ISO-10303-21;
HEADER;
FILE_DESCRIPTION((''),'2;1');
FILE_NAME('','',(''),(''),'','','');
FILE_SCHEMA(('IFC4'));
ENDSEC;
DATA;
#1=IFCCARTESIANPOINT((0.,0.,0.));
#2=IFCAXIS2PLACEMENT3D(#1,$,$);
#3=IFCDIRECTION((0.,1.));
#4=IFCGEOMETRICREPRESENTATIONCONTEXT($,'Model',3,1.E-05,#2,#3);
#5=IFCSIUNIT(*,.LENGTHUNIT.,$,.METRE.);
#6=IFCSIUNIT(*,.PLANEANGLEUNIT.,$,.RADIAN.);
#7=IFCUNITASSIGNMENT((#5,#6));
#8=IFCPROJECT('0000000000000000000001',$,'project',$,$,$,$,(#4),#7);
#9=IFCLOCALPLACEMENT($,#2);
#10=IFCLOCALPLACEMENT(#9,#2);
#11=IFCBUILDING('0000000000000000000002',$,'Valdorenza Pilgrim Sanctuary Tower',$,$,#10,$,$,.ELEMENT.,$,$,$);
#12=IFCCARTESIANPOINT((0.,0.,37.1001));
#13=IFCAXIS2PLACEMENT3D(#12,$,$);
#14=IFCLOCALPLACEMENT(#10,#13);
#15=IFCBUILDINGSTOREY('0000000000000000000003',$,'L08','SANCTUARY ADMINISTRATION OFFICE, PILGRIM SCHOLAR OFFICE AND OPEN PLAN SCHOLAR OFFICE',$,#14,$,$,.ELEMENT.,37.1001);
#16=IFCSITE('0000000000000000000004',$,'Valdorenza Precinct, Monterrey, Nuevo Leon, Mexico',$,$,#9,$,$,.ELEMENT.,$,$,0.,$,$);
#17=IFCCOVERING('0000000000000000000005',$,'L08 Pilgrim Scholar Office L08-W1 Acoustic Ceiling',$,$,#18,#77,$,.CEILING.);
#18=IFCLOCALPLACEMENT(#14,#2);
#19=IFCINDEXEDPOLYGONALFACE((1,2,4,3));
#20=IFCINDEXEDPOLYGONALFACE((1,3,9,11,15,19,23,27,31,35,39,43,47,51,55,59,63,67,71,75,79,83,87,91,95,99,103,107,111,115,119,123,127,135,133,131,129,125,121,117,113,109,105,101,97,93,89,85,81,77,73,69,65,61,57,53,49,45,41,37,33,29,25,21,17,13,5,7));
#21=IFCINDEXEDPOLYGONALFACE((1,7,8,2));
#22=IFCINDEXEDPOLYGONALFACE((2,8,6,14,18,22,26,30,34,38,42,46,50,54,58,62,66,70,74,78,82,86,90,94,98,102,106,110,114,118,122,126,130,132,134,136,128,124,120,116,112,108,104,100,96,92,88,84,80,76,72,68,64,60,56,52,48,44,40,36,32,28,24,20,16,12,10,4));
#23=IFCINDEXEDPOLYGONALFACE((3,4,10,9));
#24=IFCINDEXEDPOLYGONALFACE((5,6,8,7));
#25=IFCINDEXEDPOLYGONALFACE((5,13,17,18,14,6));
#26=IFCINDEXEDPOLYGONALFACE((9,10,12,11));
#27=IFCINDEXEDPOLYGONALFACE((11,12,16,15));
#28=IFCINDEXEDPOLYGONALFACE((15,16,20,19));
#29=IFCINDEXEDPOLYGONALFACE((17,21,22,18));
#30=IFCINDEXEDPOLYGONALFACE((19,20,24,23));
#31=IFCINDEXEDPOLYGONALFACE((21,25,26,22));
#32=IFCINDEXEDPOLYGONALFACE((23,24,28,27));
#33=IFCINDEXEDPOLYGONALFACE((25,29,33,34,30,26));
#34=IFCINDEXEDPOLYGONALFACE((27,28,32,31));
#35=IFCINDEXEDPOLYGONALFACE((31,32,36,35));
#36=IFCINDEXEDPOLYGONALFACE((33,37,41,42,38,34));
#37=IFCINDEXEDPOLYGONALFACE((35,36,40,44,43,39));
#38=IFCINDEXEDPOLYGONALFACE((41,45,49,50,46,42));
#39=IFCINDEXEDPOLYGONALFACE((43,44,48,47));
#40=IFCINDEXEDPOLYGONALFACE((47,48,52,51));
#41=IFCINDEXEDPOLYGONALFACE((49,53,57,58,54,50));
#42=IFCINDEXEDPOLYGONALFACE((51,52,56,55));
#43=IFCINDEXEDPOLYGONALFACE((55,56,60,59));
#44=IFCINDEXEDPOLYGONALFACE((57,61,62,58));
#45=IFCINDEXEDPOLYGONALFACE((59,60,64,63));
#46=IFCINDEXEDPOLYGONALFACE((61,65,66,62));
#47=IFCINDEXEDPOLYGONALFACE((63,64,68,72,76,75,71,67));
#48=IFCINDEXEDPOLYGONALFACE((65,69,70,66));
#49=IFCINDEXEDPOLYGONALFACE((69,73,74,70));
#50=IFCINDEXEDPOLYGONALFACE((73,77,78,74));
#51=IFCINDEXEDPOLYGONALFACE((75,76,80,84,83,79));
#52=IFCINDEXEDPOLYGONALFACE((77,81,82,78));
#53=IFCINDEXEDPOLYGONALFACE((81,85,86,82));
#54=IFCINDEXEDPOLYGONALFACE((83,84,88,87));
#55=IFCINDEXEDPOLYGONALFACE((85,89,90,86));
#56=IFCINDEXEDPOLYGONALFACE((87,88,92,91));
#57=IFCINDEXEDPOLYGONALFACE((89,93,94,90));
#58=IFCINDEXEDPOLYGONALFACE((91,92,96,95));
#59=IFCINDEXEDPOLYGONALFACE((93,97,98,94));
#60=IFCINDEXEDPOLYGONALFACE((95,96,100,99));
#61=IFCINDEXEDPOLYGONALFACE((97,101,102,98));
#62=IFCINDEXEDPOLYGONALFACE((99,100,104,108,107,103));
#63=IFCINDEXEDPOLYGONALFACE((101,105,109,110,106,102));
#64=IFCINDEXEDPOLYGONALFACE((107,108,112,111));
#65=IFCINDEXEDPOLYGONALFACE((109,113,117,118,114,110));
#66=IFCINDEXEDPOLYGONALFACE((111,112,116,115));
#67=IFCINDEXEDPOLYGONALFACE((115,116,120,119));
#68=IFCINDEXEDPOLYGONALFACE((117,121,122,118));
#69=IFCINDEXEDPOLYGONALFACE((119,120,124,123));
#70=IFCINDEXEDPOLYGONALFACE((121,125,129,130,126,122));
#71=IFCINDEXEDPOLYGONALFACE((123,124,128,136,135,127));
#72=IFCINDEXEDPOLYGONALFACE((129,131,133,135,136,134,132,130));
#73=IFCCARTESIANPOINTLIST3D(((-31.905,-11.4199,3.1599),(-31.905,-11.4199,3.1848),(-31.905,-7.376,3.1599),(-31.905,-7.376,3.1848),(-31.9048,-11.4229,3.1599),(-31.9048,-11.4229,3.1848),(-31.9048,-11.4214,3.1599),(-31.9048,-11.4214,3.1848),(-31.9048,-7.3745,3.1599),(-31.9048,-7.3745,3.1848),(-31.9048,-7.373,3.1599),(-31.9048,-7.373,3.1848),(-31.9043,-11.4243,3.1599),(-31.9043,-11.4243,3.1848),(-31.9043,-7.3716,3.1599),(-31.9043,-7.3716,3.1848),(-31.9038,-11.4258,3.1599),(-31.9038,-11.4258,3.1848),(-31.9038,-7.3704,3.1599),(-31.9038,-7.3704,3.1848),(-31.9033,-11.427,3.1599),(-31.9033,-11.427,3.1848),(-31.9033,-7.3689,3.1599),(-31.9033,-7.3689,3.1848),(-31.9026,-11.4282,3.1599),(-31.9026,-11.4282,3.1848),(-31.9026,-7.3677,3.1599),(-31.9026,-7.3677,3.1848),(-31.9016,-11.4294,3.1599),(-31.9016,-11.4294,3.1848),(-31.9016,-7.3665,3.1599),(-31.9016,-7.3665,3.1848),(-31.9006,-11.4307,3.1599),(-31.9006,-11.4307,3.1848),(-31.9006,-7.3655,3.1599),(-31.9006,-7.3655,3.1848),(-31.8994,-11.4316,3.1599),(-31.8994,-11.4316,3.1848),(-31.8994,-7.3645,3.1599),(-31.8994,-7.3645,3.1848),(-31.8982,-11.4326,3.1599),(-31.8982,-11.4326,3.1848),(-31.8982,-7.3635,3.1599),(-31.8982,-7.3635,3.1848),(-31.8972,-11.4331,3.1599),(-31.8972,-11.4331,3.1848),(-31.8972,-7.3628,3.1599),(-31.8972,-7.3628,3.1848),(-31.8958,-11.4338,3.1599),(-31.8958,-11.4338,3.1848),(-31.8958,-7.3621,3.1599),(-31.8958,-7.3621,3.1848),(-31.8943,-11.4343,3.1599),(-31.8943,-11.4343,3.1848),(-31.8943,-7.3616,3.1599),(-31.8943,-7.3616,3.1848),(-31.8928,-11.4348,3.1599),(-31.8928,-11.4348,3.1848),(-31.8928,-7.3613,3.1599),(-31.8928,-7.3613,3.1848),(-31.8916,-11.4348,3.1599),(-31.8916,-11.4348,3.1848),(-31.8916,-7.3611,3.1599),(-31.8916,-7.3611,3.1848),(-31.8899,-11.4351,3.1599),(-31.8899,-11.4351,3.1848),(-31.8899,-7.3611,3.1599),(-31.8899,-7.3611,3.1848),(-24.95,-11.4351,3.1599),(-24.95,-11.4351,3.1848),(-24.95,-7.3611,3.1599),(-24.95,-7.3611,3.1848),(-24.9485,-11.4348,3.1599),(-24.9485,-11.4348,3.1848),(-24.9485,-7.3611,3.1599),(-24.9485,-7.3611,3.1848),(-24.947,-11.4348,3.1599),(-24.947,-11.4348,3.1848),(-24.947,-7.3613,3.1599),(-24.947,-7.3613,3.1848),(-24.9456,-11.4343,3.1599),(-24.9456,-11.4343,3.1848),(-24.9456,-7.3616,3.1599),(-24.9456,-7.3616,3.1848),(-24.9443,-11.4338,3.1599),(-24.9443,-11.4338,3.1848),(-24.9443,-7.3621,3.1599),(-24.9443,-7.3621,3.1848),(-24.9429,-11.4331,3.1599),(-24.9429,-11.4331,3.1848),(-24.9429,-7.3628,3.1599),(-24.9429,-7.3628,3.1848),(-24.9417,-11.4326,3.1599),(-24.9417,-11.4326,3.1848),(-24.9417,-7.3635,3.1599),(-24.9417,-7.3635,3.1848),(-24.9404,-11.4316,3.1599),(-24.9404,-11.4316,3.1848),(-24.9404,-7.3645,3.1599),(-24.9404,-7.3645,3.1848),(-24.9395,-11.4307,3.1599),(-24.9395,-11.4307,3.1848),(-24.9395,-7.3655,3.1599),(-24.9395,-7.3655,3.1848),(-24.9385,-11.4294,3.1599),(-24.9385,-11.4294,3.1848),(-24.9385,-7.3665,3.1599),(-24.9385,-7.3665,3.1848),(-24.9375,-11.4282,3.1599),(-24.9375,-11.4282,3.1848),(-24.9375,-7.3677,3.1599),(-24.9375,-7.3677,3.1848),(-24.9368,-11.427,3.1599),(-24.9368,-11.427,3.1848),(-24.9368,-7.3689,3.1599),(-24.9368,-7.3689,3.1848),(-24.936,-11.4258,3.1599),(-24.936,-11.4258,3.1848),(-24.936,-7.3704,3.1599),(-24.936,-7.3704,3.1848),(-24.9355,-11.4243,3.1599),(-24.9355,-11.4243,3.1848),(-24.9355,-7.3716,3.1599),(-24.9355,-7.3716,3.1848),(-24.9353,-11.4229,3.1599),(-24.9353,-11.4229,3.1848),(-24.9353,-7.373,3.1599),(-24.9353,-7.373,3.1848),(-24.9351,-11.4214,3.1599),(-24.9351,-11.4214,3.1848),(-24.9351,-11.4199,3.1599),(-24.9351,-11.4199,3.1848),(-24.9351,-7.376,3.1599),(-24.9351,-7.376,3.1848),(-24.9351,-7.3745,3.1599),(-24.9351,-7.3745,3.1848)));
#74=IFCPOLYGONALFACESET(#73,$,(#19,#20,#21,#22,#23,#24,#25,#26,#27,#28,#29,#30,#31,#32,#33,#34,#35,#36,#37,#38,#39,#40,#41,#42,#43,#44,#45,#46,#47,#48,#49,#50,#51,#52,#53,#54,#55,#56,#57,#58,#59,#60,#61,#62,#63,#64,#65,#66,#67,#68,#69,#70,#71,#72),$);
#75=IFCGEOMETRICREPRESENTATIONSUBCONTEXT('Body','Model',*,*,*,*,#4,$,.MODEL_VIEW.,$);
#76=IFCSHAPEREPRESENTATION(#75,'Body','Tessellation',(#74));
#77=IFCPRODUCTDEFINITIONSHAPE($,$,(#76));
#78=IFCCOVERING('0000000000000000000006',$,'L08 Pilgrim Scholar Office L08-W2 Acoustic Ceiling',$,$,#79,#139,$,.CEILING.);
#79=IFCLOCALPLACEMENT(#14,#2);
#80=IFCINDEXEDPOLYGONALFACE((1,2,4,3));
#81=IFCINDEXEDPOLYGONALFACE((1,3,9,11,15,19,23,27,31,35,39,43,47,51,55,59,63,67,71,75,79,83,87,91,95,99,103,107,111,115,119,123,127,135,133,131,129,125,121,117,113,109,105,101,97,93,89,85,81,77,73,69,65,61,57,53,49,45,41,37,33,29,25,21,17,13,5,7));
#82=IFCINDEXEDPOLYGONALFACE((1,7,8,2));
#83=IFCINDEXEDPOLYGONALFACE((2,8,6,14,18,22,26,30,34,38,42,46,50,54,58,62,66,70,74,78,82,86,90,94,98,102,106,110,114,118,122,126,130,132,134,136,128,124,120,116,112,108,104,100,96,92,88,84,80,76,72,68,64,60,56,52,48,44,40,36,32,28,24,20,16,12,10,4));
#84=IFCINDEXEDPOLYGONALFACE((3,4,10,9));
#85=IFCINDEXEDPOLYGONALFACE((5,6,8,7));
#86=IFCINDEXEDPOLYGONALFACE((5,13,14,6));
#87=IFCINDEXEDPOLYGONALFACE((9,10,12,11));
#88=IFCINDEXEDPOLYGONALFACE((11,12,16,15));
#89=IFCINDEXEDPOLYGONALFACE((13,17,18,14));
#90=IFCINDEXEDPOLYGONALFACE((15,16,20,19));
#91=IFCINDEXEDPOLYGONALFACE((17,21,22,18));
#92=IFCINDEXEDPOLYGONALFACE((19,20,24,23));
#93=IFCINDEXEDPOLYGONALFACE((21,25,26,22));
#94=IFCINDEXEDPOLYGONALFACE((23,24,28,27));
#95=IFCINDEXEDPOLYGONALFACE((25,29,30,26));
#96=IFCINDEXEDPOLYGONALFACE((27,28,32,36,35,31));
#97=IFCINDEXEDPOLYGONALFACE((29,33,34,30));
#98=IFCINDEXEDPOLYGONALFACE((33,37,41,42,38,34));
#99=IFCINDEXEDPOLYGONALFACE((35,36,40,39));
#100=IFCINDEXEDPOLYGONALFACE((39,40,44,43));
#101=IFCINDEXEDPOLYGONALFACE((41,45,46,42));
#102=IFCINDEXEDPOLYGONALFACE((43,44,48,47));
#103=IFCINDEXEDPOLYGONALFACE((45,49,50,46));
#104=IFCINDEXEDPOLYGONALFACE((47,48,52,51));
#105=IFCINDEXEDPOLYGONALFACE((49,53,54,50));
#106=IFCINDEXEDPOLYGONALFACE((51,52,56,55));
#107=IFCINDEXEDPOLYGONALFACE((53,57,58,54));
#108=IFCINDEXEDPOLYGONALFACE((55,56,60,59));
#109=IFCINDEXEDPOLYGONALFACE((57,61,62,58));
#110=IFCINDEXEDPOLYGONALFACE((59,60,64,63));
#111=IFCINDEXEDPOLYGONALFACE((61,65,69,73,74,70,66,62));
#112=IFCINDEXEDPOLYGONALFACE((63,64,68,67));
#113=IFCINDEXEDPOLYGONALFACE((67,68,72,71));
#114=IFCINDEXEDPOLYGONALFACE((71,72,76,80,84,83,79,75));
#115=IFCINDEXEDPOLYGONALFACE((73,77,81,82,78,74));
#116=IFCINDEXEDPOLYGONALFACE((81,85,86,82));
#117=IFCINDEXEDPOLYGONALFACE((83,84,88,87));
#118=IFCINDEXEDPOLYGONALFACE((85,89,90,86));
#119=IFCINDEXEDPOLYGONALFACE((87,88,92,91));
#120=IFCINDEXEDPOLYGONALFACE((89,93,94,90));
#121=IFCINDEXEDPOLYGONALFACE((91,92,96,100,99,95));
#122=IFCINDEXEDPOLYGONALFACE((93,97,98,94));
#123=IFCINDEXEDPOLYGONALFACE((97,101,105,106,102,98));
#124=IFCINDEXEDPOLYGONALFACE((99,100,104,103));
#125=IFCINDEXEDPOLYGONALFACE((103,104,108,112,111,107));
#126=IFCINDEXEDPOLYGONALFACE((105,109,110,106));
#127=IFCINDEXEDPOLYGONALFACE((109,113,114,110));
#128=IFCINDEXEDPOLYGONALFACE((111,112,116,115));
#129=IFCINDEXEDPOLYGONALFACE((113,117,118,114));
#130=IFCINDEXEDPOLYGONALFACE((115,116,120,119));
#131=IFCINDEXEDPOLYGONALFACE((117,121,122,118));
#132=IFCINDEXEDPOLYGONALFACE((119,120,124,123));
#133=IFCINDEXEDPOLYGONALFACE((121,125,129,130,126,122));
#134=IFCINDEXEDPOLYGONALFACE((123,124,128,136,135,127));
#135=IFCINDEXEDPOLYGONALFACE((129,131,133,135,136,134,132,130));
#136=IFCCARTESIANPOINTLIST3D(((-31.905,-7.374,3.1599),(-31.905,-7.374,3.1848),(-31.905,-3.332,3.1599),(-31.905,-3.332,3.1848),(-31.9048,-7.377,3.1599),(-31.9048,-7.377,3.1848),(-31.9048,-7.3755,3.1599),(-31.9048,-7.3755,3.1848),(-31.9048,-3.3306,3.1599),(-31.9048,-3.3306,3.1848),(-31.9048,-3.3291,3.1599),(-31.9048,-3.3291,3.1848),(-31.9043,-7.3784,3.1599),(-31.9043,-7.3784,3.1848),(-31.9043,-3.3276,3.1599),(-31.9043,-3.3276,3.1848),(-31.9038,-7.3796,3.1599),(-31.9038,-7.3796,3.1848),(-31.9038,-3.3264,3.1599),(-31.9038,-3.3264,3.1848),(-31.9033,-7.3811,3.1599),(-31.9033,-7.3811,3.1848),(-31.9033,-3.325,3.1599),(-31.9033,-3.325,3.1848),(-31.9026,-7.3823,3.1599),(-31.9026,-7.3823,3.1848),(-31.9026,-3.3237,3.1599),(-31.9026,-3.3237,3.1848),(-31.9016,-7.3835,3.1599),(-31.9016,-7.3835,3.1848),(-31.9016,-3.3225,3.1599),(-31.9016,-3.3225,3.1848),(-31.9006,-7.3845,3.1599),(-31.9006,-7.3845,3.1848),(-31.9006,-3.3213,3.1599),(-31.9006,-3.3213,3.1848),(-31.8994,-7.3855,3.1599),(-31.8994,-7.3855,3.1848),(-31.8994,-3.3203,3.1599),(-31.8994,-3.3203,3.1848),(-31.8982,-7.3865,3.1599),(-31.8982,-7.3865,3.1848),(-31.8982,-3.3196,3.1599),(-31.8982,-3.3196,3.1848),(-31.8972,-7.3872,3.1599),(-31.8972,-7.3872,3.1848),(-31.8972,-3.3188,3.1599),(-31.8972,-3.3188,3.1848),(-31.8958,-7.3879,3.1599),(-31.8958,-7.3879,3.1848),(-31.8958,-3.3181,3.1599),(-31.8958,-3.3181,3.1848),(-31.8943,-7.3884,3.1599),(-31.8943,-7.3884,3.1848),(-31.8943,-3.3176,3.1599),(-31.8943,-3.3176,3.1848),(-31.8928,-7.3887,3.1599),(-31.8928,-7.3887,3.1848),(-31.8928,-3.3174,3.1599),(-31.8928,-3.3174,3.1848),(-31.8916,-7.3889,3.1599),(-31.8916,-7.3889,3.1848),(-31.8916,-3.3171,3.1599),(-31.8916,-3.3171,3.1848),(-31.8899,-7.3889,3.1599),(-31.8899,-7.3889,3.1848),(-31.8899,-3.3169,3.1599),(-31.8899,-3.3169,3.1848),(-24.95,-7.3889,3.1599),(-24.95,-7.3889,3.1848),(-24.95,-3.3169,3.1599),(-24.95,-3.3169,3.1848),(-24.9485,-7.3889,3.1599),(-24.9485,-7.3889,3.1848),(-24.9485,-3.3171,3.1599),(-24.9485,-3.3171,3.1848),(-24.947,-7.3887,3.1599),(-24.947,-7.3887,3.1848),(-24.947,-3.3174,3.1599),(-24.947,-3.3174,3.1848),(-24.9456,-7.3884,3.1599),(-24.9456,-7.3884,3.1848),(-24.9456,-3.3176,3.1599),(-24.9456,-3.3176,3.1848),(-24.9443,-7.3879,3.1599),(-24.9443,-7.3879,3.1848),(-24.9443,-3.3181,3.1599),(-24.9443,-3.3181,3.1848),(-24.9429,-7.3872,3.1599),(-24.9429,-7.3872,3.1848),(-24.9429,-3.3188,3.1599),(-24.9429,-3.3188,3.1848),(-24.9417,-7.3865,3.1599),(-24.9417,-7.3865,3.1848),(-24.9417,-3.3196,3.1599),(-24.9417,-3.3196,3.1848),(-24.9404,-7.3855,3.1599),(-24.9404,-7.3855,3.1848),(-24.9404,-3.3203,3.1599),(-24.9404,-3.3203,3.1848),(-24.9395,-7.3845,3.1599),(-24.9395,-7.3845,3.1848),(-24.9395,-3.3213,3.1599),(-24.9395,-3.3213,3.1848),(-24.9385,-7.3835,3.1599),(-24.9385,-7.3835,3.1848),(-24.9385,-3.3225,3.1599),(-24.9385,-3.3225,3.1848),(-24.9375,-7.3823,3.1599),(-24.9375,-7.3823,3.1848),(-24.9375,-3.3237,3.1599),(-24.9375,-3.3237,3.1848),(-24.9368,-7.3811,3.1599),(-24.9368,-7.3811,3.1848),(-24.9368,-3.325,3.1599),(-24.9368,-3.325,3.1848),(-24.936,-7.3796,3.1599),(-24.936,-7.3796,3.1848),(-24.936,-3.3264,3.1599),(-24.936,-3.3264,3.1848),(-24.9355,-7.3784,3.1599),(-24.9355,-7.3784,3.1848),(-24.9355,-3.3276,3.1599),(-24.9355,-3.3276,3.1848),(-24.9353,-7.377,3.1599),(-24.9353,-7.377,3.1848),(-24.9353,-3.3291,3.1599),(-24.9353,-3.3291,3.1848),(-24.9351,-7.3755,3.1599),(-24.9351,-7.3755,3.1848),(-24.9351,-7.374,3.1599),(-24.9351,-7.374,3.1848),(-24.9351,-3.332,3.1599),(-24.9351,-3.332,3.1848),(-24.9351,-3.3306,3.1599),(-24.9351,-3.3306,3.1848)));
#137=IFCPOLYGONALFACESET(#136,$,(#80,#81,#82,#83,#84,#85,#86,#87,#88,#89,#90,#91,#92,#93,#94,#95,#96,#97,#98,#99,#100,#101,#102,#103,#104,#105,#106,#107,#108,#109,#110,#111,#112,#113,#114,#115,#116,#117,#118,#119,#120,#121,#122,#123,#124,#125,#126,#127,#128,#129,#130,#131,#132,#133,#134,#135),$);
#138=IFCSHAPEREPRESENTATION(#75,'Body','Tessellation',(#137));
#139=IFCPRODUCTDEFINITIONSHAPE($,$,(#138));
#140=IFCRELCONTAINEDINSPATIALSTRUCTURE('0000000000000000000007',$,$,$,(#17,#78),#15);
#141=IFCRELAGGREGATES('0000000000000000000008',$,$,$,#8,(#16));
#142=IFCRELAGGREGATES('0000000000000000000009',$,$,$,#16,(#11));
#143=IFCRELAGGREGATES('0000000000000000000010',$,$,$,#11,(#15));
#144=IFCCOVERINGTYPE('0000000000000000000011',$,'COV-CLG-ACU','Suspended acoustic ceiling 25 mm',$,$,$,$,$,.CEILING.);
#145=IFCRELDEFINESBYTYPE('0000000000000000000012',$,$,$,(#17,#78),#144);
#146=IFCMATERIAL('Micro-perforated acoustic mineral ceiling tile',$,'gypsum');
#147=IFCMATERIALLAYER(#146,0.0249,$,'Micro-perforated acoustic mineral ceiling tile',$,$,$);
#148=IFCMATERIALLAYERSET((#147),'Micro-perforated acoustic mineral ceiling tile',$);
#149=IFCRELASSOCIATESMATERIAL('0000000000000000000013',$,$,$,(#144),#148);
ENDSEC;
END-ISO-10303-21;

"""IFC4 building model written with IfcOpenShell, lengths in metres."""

from ifc_helpers import new_model, si_unit, direction, frame, origin, place, context, subcontext, project, spatial, polyline, outline, extrude, material, layer, layer_set, type_object, element, save


model = new_model("IFC4")

# Units and contexts
model_context = context("Model", 3, precision=1e-05, world=origin(), true_north=direction((0.0, 1.0)))
body_context = subcontext(model_context, "Body", "Model", "MODEL_VIEW")
ifc_project = project(units=[si_unit("LENGTHUNIT", "METRE"), si_unit("PLANEANGLEUNIT", "RADIAN")], contexts=[model_context])

# Site, building, storey
site_placement = place(None, origin())
site = spatial("IfcSite", under=ifc_project, at=site_placement, Name="Valdorenza Precinct, Monterrey, Nuevo Leon, Mexico", CompositionType="ELEMENT", RefElevation=0.0)
building_placement = place(site_placement, origin())
building = spatial("IfcBuilding", under=site, at=building_placement, Name="Valdorenza Pilgrim Sanctuary Tower", CompositionType="ELEMENT")
storey_placement = place(building_placement, frame((0.0, 0.0, 37.1001)))
storey = spatial("IfcBuildingStorey", under=building, at=storey_placement, Name="L08", Description="SANCTUARY ADMINISTRATION OFFICE, PILGRIM SCHOLAR OFFICE AND OPEN PLAN SCHOLAR OFFICE", CompositionType="ELEMENT", Elevation=37.1001)

# Coverings
ifc_material_1 = material(Name="Micro-perforated acoustic mineral ceiling tile", Category="gypsum")
ifc_layer_1 = layer(ifc_material_1, 0.0249, Name="Micro-perforated acoustic mineral ceiling tile")
ifc_layer_set_1 = layer_set([ifc_layer_1], Name="Micro-perforated acoustic mineral ceiling tile")
covering_type_1 = type_object("IfcCoveringType", Name="COV-CLG-ACU", Description="Suspended acoustic ceiling 25 mm", PredefinedType="CEILING", material=ifc_layer_set_1)
covering_1_placement = place(storey_placement, frame((0.0, 0.0, 3.1599)))
element("IfcCovering", 1, at=covering_1_placement, inside=storey, type_object=covering_type_1, Name="L08 Pilgrim Scholar Office L08-W1 Acoustic Ceiling", PredefinedType="CEILING", context=body_context, shape_type="SweptSolid", body=[
    extrude(outline(polyline([(-24.9351, -11.4199), (-24.9351, -11.4214), (-24.9353, -11.4229), (-24.9355, -11.4243), (-24.936, -11.4258), (-24.9368, -11.427), (-24.9375, -11.4282), (-24.9385, -11.4294), (-24.9395, -11.4307), (-24.9404, -11.4316), (-24.9417, -11.4326), (-24.9429, -11.4331), (-24.9443, -11.4338), (-24.9456, -11.4343), (-24.947, -11.4348), (-24.9485, -11.4348), (-24.95, -11.4351), (-31.8899, -11.4351), (-31.8916, -11.4348), (-31.8928, -11.4348), (-31.8943, -11.4343), (-31.8958, -11.4338), (-31.8972, -11.4331), (-31.8982, -11.4326), (-31.8994, -11.4316), (-31.9006, -11.4307), (-31.9016, -11.4294), (-31.9026, -11.4282), (-31.9033, -11.427), (-31.9038, -11.4258), (-31.9043, -11.4243), (-31.9048, -11.4229), (-31.9048, -11.4214), (-31.905, -11.4199), (-31.905, -7.376), (-31.9048, -7.3745), (-31.9048, -7.373), (-31.9043, -7.3716), (-31.9038, -7.3704), (-31.9033, -7.3689), (-31.9026, -7.3677), (-31.9016, -7.3665), (-31.9006, -7.3655), (-31.8994, -7.3645), (-31.8982, -7.3635), (-31.8972, -7.3628), (-31.8958, -7.3621), (-31.8943, -7.3616), (-31.8928, -7.3613), (-31.8916, -7.3611), (-31.8899, -7.3611), (-24.95, -7.3611), (-24.9485, -7.3611), (-24.947, -7.3613), (-24.9456, -7.3616), (-24.9443, -7.3621), (-24.9429, -7.3628), (-24.9417, -7.3635), (-24.9404, -7.3645), (-24.9395, -7.3655), (-24.9385, -7.3665), (-24.9375, -7.3677), (-24.9368, -7.3689), (-24.936, -7.3704), (-24.9355, -7.3716), (-24.9353, -7.373), (-24.9351, -7.3745), (-24.9351, -7.376), (-24.9351, -11.4199)])), origin(), (0.0, 0.0, 1.0), 0.0249),
])
covering_2_placement = place(storey_placement, frame((0.0, 0.0, 3.1599)))
element("IfcCovering", 2, at=covering_2_placement, inside=storey, type_object=covering_type_1, Name="L08 Pilgrim Scholar Office L08-W2 Acoustic Ceiling", PredefinedType="CEILING", context=body_context, shape_type="SweptSolid", body=[
    extrude(outline(polyline([(-24.9351, -7.374), (-24.9351, -7.3755), (-24.9353, -7.377), (-24.9355, -7.3784), (-24.936, -7.3796), (-24.9368, -7.3811), (-24.9375, -7.3823), (-24.9385, -7.3835), (-24.9395, -7.3845), (-24.9404, -7.3855), (-24.9417, -7.3865), (-24.9429, -7.3872), (-24.9443, -7.3879), (-24.9456, -7.3884), (-24.947, -7.3887), (-24.9485, -7.3889), (-24.95, -7.3889), (-31.8899, -7.3889), (-31.8916, -7.3889), (-31.8928, -7.3887), (-31.8943, -7.3884), (-31.8958, -7.3879), (-31.8972, -7.3872), (-31.8982, -7.3865), (-31.8994, -7.3855), (-31.9006, -7.3845), (-31.9016, -7.3835), (-31.9026, -7.3823), (-31.9033, -7.3811), (-31.9038, -7.3796), (-31.9043, -7.3784), (-31.9048, -7.377), (-31.9048, -7.3755), (-31.905, -7.374), (-31.905, -3.332), (-31.9048, -3.3306), (-31.9048, -3.3291), (-31.9043, -3.3276), (-31.9038, -3.3264), (-31.9033, -3.325), (-31.9026, -3.3237), (-31.9016, -3.3225), (-31.9006, -3.3213), (-31.8994, -3.3203), (-31.8982, -3.3196), (-31.8972, -3.3188), (-31.8958, -3.3181), (-31.8943, -3.3176), (-31.8928, -3.3174), (-31.8916, -3.3171), (-31.8899, -3.3169), (-24.95, -3.3169), (-24.9485, -3.3171), (-24.947, -3.3174), (-24.9456, -3.3176), (-24.9443, -3.3181), (-24.9429, -3.3188), (-24.9417, -3.3196), (-24.9404, -3.3203), (-24.9395, -3.3213), (-24.9385, -3.3225), (-24.9375, -3.3237), (-24.9368, -3.325), (-24.936, -3.3264), (-24.9355, -3.3276), (-24.9353, -3.3291), (-24.9351, -3.3306), (-24.9351, -3.332), (-24.9351, -7.374)])), origin(), (0.0, 0.0, 1.0), 0.0249),
])

save(model, "model.ifc")
